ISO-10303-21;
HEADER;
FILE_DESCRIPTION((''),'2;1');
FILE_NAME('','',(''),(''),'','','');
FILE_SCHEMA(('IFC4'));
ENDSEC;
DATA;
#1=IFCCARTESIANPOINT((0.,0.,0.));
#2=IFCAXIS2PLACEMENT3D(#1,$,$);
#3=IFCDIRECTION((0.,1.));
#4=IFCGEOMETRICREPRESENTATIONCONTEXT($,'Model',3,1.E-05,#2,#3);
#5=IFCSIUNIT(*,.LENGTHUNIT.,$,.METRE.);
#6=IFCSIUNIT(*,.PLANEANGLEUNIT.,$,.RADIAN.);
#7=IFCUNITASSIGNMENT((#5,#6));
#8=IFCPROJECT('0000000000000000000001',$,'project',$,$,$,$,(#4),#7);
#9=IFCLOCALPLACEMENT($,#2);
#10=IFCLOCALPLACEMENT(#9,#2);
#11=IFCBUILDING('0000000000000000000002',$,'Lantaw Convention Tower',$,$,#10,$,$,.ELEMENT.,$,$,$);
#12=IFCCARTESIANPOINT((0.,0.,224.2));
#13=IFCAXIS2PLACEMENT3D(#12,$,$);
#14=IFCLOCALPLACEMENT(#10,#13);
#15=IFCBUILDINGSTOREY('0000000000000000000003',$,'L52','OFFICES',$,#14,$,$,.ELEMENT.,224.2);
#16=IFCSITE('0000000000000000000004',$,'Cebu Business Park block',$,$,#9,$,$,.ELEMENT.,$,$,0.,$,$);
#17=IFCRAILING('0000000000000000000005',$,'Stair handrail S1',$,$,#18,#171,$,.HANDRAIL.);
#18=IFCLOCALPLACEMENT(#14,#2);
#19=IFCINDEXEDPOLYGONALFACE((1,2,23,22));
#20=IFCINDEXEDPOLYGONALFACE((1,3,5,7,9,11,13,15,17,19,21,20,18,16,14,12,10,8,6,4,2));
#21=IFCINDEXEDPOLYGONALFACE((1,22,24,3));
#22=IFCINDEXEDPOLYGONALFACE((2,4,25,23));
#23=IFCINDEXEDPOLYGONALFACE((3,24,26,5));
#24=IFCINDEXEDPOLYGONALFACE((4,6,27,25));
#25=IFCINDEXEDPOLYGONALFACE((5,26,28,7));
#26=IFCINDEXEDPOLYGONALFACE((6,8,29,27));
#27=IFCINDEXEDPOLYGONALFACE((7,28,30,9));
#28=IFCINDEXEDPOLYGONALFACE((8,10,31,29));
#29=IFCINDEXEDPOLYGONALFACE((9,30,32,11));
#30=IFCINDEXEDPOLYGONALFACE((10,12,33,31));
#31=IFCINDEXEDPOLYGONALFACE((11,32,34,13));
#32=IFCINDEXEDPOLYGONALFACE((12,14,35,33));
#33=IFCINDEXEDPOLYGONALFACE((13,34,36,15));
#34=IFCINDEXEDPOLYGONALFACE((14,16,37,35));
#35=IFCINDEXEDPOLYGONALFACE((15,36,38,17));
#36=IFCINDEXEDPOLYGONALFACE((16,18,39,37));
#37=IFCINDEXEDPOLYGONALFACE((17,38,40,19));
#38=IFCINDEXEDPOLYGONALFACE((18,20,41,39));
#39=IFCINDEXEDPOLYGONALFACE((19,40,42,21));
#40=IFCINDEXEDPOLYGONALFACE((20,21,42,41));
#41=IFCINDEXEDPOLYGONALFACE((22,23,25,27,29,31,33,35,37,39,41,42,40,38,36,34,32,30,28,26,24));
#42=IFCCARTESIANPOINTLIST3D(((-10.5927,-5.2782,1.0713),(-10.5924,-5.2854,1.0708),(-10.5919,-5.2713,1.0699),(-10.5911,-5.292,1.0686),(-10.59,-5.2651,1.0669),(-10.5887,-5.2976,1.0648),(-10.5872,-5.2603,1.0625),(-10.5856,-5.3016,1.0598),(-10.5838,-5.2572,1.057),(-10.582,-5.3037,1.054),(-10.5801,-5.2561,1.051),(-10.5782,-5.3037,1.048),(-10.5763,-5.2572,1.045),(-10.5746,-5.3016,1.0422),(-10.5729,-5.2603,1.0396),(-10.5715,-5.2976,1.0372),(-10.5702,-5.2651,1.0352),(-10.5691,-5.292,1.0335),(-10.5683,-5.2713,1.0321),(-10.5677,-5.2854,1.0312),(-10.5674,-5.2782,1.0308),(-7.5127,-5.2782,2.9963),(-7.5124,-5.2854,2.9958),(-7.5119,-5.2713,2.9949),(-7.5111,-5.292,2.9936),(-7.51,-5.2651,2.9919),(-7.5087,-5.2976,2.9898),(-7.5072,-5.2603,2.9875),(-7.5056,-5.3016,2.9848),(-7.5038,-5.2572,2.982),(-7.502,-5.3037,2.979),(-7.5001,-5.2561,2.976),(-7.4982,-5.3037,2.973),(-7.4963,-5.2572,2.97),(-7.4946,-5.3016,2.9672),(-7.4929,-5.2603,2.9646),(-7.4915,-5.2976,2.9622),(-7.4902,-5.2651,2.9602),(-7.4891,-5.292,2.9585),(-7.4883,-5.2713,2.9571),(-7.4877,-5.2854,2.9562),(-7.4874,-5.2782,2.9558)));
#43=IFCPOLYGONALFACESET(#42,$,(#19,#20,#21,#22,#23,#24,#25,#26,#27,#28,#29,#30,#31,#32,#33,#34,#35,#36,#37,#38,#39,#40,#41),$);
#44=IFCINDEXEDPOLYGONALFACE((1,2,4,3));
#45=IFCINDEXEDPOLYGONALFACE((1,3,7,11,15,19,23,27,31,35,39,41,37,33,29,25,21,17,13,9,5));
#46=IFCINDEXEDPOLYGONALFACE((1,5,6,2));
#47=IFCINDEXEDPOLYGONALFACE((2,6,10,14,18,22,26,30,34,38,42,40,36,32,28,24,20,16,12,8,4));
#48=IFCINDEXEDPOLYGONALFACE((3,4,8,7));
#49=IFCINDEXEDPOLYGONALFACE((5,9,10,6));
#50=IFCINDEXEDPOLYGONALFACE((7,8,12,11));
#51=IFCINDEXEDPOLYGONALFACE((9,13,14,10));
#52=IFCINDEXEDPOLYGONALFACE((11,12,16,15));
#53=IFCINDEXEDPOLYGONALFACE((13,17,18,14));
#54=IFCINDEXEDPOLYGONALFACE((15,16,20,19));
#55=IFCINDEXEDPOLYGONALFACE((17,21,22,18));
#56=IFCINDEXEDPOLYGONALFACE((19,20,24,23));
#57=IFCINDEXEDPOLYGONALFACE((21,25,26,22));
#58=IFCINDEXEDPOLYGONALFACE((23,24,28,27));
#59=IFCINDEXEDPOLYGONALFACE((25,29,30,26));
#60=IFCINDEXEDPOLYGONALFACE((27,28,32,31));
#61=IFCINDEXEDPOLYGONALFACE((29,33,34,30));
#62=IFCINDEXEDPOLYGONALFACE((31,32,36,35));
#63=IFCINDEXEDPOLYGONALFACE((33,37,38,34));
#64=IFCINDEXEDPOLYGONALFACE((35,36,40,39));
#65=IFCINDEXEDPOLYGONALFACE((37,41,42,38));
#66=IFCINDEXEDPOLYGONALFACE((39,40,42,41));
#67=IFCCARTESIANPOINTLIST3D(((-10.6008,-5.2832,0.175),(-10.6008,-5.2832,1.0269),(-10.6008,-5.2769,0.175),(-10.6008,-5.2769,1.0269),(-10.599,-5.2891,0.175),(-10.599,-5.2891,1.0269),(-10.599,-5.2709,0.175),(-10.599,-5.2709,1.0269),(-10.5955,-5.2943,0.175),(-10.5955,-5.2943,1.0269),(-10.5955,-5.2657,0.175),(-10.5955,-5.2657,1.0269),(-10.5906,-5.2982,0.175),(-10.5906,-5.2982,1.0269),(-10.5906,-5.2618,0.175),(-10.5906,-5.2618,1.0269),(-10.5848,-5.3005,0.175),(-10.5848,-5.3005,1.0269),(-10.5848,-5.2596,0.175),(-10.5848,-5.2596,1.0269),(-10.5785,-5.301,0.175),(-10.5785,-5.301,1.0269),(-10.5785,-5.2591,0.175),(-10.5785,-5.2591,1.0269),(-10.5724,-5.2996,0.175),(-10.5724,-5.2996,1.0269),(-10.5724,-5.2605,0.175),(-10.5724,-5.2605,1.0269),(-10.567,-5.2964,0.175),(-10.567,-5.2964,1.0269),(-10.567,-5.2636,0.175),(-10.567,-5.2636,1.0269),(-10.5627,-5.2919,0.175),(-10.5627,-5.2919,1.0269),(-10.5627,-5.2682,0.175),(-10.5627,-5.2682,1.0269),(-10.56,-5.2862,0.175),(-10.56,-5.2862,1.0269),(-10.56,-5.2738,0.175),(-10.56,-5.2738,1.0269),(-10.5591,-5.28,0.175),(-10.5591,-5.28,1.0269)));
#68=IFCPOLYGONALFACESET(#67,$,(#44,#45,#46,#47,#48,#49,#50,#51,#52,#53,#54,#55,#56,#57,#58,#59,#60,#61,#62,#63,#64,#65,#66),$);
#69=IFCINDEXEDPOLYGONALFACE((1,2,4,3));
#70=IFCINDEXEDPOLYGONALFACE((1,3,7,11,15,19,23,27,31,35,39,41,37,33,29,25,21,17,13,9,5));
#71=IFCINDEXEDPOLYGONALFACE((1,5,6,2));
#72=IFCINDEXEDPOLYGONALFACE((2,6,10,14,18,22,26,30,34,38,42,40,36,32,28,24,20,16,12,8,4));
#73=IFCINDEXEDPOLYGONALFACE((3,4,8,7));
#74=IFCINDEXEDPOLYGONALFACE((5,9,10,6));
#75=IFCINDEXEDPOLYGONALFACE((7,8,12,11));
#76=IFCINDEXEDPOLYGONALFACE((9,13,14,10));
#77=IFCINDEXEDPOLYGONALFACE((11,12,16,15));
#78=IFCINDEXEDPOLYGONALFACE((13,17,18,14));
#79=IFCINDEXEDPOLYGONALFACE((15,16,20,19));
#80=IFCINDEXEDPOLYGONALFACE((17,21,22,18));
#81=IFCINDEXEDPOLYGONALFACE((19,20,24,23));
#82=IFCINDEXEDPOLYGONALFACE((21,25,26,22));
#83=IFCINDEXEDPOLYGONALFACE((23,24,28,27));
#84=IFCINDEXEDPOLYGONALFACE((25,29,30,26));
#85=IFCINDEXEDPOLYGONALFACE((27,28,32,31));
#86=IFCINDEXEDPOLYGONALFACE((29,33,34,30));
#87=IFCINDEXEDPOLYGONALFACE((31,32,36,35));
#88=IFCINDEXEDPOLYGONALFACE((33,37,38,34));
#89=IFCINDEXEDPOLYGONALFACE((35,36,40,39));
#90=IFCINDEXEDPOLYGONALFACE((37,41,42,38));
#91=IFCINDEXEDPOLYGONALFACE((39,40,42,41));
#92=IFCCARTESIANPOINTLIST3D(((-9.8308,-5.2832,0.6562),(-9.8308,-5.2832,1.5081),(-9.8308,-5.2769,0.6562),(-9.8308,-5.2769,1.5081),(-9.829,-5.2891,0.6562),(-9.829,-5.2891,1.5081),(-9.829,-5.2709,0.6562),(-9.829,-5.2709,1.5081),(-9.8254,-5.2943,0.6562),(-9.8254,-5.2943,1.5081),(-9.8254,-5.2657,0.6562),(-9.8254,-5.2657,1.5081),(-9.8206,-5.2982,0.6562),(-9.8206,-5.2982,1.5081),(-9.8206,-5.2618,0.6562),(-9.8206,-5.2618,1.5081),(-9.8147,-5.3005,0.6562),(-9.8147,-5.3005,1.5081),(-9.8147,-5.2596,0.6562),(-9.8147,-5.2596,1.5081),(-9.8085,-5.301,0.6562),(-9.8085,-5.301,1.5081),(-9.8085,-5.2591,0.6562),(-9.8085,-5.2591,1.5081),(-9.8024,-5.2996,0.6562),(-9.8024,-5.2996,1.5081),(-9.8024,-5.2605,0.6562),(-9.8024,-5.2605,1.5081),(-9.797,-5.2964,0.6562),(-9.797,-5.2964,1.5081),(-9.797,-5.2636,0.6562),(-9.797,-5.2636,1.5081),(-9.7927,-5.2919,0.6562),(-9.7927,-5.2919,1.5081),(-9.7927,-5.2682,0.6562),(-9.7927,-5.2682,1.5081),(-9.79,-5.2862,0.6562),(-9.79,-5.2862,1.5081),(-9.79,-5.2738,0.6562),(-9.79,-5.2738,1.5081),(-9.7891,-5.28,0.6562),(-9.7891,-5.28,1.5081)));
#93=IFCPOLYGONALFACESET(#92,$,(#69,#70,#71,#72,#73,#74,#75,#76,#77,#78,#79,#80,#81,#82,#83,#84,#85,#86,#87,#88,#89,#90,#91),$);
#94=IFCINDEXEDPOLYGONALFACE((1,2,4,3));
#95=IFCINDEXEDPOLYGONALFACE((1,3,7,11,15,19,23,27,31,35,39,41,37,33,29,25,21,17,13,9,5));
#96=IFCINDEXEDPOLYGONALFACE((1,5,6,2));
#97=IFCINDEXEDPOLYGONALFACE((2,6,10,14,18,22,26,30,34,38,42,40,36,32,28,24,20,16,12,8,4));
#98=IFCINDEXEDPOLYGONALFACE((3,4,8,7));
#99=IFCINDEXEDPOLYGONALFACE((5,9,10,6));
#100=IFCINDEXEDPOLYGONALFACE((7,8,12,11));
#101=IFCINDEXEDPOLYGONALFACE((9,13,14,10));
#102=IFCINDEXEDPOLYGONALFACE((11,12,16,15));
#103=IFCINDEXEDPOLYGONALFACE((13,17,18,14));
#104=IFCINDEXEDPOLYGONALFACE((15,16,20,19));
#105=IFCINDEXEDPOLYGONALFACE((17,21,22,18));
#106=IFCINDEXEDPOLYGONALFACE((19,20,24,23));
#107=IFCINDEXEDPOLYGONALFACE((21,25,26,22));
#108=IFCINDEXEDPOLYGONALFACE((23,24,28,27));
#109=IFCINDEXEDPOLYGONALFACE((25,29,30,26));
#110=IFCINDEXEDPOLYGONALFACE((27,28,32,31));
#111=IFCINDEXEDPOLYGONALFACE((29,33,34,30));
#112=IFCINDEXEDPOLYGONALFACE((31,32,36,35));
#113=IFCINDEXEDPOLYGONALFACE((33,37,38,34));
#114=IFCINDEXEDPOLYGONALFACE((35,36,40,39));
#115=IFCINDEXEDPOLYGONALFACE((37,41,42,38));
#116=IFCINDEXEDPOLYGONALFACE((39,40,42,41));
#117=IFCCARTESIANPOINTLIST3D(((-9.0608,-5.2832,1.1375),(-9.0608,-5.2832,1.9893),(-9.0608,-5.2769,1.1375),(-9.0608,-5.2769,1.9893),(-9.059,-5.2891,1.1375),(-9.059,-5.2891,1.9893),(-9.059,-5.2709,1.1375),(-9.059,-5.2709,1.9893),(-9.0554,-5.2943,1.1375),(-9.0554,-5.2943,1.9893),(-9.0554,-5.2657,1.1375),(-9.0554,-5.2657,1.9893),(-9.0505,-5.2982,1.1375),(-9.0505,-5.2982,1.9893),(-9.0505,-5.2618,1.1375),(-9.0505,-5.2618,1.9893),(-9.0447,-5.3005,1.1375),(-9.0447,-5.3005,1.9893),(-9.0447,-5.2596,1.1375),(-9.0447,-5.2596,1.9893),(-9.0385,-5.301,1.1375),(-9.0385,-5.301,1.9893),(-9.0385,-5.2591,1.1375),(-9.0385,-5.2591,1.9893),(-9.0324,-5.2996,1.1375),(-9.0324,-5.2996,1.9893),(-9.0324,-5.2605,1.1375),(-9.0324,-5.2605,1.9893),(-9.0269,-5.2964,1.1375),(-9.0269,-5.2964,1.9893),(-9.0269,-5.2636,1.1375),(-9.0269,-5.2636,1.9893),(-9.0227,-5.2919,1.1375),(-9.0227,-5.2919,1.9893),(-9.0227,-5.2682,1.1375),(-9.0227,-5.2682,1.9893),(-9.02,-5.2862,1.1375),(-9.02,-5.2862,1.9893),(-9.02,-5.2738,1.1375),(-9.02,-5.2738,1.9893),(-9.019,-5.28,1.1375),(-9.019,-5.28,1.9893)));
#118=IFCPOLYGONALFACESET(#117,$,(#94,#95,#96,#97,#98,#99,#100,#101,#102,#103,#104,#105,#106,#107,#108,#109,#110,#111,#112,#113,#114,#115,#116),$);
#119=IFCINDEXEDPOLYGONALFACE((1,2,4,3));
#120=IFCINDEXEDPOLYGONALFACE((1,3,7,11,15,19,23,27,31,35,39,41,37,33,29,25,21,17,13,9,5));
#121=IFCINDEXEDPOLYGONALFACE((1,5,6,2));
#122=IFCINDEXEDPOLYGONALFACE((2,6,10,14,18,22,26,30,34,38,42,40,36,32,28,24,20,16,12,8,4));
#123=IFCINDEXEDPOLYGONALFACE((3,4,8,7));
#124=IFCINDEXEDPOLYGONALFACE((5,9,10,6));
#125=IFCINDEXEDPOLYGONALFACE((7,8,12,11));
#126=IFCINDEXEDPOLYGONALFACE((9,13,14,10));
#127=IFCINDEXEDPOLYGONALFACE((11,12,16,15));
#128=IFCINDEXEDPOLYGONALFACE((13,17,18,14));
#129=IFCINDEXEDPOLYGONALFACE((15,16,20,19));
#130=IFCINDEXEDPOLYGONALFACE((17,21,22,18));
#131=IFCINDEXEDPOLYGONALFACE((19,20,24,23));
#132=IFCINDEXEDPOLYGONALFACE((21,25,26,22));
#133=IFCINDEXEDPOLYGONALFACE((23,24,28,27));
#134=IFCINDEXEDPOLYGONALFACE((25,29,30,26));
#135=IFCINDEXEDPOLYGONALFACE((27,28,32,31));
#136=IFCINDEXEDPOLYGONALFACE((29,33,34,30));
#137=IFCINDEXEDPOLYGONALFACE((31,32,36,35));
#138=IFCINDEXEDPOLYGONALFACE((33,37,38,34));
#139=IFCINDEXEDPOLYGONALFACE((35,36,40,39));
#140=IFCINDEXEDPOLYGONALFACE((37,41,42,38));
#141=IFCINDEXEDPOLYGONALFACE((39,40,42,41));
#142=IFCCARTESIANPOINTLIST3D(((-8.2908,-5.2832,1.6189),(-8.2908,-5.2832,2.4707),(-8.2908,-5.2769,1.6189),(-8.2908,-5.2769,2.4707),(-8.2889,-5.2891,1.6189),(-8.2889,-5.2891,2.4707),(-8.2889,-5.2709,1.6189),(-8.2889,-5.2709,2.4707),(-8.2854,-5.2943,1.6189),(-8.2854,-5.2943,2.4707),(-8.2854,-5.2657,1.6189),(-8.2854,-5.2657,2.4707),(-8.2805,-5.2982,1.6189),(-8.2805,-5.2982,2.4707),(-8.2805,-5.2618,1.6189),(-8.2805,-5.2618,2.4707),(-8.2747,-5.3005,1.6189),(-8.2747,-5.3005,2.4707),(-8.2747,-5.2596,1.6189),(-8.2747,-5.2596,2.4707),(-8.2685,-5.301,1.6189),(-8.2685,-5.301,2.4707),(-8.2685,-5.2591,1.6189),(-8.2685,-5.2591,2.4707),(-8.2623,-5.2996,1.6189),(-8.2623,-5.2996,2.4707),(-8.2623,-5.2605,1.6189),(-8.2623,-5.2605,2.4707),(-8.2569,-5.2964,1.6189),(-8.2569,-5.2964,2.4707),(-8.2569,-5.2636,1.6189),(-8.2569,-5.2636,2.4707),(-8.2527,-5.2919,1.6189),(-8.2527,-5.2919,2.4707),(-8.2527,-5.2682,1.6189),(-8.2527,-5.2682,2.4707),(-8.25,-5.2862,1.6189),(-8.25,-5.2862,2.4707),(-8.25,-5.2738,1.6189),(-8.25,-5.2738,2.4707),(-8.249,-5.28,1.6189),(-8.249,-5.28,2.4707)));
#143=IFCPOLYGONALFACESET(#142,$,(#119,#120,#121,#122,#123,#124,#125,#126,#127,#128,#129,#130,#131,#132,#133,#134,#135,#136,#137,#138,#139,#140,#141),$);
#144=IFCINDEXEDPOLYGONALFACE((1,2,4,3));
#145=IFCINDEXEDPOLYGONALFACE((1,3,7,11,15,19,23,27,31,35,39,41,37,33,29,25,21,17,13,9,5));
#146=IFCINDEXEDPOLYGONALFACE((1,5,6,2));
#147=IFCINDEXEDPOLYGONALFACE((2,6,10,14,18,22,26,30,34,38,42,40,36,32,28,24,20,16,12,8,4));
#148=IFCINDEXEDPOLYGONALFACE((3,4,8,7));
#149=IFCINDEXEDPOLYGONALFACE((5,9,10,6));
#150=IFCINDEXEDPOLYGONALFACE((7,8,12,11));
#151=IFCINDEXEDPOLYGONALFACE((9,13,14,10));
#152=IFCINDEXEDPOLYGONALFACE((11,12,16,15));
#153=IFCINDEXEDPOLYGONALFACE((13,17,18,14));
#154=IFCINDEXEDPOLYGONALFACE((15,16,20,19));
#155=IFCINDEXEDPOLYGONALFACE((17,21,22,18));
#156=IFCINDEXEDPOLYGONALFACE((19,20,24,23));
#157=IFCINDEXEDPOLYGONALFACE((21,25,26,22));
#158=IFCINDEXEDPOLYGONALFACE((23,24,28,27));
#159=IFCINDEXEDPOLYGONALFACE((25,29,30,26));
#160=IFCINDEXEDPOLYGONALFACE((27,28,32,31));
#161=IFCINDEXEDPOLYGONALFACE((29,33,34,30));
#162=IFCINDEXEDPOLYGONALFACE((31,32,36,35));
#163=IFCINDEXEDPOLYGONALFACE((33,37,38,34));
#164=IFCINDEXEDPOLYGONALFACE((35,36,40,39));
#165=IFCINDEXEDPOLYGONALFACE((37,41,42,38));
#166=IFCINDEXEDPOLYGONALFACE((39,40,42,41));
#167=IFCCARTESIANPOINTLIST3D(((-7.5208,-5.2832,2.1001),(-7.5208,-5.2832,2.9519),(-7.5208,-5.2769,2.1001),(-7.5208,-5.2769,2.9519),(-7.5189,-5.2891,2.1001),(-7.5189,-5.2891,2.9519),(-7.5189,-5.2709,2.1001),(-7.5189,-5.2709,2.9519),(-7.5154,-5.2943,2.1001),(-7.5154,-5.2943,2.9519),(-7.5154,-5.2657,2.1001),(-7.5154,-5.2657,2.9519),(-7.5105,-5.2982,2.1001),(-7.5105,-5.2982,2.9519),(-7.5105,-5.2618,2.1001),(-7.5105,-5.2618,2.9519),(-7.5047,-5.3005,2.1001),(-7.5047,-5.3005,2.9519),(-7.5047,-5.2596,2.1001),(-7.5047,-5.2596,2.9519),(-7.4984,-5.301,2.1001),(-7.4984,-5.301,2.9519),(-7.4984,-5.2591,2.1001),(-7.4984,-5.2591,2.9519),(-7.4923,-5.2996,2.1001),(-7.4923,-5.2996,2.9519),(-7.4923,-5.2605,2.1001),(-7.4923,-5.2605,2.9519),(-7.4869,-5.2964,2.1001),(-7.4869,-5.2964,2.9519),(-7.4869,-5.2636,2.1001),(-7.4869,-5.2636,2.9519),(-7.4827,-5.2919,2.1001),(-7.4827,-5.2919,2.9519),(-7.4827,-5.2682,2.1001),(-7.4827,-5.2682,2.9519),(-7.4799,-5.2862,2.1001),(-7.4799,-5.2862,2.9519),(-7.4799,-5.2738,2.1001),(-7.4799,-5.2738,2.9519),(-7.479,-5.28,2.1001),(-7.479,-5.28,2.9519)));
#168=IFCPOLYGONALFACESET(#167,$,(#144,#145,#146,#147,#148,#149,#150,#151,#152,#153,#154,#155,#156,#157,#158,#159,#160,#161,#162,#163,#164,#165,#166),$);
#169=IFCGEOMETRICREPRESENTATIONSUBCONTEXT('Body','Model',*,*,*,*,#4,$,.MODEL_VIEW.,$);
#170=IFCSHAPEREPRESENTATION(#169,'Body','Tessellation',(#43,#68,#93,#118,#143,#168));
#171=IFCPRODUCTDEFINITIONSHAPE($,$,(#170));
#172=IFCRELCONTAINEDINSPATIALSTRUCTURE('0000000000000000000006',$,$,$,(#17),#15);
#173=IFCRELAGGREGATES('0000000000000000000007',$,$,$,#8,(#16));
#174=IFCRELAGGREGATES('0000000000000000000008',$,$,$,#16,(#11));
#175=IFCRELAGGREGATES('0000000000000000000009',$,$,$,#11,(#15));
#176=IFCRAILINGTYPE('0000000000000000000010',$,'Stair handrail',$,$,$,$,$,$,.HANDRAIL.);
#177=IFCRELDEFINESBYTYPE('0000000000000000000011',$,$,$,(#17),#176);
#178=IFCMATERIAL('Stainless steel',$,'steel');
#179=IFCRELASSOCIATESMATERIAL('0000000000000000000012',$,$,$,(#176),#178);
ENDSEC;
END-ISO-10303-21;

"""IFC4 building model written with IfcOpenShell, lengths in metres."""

from ifc_helpers import new_model, si_unit, direction, frame, origin, origin_2d, place, context, subcontext, project, spatial, circle, extrude, material, type_object, element, save


model = new_model("IFC4")

# Units and contexts
model_context = context("Model", 3, precision=1e-05, world=origin(), true_north=direction((0.0, 1.0)))
body_context = subcontext(model_context, "Body", "Model", "MODEL_VIEW")
ifc_project = project(units=[si_unit("LENGTHUNIT", "METRE"), si_unit("PLANEANGLEUNIT", "RADIAN")], contexts=[model_context])

# Site, building, storey
site_placement = place(None, origin())
site = spatial("IfcSite", under=ifc_project, at=site_placement, Name="Cebu Business Park block", CompositionType="ELEMENT", RefElevation=0.0)
building_placement = place(site_placement, origin())
building = spatial("IfcBuilding", under=site, at=building_placement, Name="Lantaw Convention Tower", CompositionType="ELEMENT")
storey_placement = place(building_placement, frame((0.0, 0.0, 224.2)))
storey = spatial("IfcBuildingStorey", under=building, at=storey_placement, Name="L52", Description="OFFICES", CompositionType="ELEMENT", Elevation=224.2)

# Shared definitions
ifc_material_1 = material(Name="Stainless steel", Category="steel")

# Railing
railing_type = type_object("IfcRailingType", Name="Stair handrail", PredefinedType="HANDRAIL", material=ifc_material_1)
railing_1_placement = place(storey_placement, frame((-10.5801, -5.28, 0.175)))
element("IfcRailing", 1, at=railing_1_placement, inside=storey, type_object=railing_type, Name="Stair handrail S1", PredefinedType="HANDRAIL", context=body_context, shape_type="SweptSolid", body=[
    extrude(circle(Radius=0.0239, at=origin_2d()), frame((0.0, 0.0, 0.876), z_axis=(0.847998, 0.0, 0.529999), x_axis=(0.0, 1.0, 0.0)), (0.0, 0.0, 1.0), 3.6321),
    extrude(circle(Radius=0.021, at=origin_2d()), origin(), (0.0, 0.0, 1.0), 0.8518),
    extrude(circle(Radius=0.021, at=origin_2d()), frame((0.77, 0.0, 0.4812)), (0.0, 0.0, 1.0), 0.8518),
    extrude(circle(Radius=0.021, at=origin_2d()), frame((1.54, 0.0, 0.9624)), (0.0, 0.0, 1.0), 0.8518),
    extrude(circle(Radius=0.021, at=origin_2d()), frame((2.3101, 0.0, 1.4438)), (0.0, 0.0, 1.0), 0.8518),
    extrude(circle(Radius=0.021, at=origin_2d()), frame((3.0801, 0.0, 1.925)), (0.0, 0.0, 1.0), 0.8518),
])

save(model, "model.ifc")
